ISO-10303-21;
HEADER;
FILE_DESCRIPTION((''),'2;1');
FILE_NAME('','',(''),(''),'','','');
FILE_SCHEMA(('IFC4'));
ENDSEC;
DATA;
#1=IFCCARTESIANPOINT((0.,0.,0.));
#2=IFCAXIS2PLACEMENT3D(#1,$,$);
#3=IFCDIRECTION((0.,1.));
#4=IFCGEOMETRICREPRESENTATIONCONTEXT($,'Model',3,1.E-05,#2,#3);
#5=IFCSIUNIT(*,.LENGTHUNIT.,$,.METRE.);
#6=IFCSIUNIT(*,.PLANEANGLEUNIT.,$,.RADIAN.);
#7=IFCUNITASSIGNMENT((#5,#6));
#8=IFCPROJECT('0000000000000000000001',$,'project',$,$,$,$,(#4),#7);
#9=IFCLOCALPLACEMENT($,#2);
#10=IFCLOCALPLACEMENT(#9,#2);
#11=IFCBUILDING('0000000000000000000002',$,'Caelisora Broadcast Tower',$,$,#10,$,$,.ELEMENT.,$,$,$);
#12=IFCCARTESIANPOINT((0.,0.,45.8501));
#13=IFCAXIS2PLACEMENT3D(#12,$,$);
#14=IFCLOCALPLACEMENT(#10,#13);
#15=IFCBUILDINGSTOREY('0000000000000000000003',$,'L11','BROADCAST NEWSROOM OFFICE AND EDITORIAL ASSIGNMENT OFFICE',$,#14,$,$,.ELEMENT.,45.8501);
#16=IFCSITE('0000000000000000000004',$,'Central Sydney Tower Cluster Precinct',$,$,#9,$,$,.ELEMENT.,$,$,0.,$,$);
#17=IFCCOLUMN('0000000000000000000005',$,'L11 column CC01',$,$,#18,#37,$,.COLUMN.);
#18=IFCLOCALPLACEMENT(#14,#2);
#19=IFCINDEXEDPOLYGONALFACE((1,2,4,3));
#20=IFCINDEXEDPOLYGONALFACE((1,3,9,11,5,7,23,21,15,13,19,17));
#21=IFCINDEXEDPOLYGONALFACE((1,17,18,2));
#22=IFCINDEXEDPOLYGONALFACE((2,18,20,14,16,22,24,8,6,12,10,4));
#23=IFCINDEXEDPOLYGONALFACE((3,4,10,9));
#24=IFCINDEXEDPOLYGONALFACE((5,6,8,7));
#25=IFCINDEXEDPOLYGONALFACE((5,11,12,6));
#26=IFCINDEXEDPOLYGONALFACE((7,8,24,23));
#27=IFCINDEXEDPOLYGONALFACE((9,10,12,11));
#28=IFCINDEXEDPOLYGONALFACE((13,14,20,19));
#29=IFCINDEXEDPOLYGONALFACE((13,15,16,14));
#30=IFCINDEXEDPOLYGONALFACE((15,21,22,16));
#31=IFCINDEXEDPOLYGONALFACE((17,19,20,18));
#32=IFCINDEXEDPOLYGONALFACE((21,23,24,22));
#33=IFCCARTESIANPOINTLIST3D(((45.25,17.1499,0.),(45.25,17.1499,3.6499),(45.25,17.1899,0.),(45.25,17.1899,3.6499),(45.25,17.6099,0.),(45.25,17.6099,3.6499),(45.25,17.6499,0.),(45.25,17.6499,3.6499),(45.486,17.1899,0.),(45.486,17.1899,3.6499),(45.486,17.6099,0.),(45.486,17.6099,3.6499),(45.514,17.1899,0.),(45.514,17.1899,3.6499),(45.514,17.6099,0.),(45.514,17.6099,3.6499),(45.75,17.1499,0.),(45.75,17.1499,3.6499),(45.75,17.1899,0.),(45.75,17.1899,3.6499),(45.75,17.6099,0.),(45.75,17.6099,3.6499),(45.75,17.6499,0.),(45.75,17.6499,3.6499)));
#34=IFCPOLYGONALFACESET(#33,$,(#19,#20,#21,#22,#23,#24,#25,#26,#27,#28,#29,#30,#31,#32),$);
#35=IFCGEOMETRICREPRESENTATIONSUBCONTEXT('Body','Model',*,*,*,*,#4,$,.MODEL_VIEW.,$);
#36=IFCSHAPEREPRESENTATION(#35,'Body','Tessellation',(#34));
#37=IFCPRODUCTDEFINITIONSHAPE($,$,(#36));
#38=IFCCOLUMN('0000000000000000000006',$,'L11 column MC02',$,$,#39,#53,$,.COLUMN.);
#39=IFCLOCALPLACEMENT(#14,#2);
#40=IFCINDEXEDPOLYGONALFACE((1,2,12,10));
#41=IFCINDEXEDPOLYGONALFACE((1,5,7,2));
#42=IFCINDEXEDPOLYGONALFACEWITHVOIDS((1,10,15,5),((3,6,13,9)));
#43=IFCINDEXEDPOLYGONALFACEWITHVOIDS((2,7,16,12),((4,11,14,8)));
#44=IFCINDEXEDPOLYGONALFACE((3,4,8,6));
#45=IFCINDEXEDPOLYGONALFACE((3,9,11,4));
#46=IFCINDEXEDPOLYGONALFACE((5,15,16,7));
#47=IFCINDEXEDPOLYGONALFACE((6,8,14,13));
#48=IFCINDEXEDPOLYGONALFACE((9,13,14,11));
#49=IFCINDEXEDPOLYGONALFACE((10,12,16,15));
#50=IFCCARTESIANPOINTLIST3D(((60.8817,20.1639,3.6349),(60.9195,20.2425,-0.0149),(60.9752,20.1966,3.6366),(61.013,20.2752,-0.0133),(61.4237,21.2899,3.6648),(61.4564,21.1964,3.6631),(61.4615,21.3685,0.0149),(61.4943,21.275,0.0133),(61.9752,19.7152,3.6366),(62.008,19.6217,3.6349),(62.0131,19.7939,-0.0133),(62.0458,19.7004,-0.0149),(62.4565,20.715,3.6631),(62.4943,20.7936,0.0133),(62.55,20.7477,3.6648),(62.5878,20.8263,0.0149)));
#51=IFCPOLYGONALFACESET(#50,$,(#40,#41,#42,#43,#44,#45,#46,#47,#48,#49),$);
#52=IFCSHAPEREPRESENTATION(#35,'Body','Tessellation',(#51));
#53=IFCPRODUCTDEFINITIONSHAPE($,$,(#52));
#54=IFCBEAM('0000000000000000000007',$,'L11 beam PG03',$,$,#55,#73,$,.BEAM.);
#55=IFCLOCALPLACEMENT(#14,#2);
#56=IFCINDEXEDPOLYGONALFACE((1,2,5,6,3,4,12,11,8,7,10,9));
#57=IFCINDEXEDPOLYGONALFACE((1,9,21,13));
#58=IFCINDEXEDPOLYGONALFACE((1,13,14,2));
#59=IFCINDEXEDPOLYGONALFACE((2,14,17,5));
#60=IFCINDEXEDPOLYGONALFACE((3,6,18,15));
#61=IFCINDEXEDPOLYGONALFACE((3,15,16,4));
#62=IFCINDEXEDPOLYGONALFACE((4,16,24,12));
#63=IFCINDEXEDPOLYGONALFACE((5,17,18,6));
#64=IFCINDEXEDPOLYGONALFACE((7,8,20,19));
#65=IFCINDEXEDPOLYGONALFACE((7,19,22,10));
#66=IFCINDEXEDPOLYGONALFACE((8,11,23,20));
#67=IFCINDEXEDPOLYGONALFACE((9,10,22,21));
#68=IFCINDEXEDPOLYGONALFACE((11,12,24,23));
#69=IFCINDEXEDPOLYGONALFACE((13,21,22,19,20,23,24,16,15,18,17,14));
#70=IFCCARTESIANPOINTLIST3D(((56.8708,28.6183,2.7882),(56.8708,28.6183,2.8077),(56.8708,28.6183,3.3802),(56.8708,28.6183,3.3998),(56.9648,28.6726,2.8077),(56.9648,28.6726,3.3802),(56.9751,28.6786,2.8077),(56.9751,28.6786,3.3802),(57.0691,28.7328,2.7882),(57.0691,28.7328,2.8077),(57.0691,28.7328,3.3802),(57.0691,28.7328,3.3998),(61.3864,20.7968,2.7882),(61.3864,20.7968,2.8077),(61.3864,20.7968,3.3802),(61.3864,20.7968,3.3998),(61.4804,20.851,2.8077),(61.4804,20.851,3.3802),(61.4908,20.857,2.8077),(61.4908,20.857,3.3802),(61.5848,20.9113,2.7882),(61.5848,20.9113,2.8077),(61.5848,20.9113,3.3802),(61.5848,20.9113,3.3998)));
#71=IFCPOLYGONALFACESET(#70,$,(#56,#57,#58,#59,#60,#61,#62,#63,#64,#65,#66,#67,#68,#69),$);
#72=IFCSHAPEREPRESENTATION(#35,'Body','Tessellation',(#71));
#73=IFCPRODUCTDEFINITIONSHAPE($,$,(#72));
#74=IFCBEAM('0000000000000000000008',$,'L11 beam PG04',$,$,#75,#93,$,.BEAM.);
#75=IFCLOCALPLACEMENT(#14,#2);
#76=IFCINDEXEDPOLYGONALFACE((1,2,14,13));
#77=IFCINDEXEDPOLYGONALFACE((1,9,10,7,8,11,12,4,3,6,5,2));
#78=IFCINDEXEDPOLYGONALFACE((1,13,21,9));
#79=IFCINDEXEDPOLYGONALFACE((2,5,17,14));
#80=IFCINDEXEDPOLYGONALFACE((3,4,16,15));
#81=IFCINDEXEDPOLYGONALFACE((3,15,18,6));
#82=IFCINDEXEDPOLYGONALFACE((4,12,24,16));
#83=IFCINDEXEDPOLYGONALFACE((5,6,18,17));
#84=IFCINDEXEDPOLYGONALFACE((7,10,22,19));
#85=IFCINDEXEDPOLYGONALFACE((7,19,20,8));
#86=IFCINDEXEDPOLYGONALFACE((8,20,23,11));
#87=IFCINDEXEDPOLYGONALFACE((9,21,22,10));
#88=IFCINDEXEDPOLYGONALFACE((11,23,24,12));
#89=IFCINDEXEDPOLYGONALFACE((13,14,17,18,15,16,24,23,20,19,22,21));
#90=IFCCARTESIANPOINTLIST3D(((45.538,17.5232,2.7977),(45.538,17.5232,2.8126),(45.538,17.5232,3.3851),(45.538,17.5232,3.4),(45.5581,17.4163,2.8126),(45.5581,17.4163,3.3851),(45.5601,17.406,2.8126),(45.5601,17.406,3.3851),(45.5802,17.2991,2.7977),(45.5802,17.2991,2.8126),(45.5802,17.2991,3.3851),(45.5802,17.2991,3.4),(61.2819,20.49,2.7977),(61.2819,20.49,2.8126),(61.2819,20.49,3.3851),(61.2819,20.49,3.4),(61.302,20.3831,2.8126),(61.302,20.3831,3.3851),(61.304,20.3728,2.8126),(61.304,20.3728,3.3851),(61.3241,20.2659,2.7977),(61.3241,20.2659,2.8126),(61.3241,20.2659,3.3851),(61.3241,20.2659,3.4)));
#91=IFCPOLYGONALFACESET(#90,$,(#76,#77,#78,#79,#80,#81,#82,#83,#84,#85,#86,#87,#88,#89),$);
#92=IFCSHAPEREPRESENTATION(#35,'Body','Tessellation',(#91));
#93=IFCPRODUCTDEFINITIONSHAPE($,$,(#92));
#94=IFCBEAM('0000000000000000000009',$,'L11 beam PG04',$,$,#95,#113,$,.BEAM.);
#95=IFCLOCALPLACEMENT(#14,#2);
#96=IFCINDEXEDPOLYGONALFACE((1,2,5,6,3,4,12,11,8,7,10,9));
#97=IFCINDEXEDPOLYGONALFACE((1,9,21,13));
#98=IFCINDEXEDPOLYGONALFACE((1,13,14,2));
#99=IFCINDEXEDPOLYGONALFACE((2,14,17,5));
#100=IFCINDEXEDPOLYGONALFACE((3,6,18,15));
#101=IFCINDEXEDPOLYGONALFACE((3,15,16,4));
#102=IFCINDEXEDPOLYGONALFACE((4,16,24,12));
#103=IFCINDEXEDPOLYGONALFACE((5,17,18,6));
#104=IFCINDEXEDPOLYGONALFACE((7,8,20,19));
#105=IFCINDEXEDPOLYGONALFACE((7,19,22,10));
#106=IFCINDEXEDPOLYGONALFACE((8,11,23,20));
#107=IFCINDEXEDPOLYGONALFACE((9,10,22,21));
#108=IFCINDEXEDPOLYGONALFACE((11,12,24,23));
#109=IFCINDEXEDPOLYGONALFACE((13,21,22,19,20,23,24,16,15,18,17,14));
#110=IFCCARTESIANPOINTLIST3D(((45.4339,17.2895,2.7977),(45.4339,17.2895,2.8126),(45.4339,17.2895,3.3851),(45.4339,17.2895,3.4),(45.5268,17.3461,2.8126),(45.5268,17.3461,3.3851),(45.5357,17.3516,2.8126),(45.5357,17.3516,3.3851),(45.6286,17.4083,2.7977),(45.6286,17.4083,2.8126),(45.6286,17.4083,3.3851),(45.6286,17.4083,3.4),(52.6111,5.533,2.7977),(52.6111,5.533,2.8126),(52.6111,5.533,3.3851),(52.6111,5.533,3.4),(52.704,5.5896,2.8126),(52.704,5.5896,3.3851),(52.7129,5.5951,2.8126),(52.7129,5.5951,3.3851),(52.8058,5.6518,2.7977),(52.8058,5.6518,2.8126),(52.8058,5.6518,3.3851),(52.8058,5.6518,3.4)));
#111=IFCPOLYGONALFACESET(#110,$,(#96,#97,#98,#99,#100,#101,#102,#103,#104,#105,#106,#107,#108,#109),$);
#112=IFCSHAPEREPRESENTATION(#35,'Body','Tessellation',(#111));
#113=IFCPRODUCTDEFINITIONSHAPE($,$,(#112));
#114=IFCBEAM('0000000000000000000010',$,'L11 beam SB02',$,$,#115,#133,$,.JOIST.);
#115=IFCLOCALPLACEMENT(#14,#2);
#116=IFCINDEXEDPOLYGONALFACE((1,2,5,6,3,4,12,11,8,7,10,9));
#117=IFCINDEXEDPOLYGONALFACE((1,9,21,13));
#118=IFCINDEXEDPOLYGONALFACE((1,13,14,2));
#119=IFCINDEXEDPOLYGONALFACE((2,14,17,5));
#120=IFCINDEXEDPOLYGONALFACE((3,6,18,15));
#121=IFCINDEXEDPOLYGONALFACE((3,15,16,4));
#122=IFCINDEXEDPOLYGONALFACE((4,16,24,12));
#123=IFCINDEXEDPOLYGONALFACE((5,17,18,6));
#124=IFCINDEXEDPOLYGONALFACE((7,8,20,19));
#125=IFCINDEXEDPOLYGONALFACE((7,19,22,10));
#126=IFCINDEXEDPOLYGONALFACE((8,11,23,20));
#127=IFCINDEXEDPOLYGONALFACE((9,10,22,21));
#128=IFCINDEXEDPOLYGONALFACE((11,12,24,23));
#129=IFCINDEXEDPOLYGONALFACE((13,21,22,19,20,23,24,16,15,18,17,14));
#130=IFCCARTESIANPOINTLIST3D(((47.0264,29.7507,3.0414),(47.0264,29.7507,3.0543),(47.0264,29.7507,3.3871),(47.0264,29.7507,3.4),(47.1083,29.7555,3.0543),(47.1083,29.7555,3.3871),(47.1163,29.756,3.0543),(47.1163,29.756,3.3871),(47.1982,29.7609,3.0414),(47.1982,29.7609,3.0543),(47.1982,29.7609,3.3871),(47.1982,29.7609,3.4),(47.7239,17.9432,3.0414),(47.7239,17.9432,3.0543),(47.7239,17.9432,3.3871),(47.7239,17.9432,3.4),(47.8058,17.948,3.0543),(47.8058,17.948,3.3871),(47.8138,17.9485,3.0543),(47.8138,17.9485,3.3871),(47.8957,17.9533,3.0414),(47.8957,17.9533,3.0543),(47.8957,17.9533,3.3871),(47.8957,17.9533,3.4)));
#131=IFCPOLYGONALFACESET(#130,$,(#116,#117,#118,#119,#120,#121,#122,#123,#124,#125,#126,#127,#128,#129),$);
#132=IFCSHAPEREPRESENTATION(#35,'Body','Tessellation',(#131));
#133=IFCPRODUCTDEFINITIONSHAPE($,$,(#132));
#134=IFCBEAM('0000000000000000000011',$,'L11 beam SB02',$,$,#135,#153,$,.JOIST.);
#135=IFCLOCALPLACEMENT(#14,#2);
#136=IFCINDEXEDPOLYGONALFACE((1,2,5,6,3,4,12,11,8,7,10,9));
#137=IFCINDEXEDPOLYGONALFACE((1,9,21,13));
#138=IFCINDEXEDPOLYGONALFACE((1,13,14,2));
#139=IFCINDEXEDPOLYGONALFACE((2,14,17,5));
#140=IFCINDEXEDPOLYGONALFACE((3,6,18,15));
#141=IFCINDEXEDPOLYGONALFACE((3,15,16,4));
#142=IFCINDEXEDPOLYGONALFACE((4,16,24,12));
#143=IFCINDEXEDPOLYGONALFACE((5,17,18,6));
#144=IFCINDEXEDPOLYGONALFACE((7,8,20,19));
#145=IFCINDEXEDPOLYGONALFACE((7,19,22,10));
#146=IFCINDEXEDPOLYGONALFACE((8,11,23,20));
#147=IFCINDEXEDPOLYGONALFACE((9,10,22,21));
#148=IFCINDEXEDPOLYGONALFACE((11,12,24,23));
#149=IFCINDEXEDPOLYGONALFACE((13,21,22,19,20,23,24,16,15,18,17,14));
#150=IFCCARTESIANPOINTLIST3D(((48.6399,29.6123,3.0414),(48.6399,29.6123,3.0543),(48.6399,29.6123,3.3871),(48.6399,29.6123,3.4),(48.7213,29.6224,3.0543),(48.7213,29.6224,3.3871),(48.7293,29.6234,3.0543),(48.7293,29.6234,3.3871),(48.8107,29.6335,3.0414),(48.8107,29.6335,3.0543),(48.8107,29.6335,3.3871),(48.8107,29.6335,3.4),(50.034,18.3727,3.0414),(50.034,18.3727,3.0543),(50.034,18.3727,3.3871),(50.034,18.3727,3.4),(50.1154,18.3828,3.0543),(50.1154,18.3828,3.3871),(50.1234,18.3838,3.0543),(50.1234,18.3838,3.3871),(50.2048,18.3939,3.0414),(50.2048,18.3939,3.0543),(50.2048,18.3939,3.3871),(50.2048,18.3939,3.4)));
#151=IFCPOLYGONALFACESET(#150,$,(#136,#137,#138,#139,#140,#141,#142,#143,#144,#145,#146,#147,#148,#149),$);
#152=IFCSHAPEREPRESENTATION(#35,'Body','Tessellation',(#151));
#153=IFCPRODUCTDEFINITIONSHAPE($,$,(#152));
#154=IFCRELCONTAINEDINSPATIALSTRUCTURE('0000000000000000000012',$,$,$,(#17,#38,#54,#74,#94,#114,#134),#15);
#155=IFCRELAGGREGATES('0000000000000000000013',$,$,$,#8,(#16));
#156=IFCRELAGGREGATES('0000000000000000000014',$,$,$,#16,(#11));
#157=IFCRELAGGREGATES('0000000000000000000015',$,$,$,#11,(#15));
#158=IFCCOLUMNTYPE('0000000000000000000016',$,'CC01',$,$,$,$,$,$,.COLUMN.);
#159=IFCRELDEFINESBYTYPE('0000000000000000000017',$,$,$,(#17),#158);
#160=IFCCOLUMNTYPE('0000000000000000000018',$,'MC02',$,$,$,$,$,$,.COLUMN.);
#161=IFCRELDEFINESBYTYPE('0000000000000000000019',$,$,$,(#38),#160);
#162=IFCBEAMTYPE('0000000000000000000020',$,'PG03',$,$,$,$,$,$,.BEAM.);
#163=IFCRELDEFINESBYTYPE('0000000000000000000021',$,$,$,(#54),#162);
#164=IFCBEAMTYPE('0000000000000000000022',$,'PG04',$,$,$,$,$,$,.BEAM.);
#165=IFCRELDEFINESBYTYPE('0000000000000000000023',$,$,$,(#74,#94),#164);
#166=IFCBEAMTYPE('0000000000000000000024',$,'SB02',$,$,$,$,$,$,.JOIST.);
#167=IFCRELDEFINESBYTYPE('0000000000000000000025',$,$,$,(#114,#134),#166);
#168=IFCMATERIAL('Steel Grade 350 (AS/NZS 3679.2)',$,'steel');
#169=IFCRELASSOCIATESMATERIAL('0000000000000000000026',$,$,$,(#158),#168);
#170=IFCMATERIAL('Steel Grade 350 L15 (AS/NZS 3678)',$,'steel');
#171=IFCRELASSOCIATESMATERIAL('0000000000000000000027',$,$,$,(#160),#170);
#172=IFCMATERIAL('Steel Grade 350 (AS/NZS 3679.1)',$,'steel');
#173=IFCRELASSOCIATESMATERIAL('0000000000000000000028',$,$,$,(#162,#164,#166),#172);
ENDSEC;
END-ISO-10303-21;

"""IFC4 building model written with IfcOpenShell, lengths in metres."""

from ifc_helpers import new_model, si_unit, direction, frame, origin, origin_2d, place, context, subcontext, project, spatial, hollow_rectangle, i_section, extrude, source, transform, mapped, material, material_profile, profile_set, type_object, type_shapes, element, save


model = new_model("IFC4")

# Units and contexts
model_context = context("Model", 3, precision=1e-05, world=origin(), true_north=direction((0.0, 1.0)))
body_context = subcontext(model_context, "Body", "Model", "MODEL_VIEW")
ifc_project = project(units=[si_unit("LENGTHUNIT", "METRE"), si_unit("PLANEANGLEUNIT", "RADIAN")], contexts=[model_context])

# Site, building, storey
site_placement = place(None, origin())
site = spatial("IfcSite", under=ifc_project, at=site_placement, Name="Central Sydney Tower Cluster Precinct", CompositionType="ELEMENT", RefElevation=0.0)
building_placement = place(site_placement, origin())
building = spatial("IfcBuilding", under=site, at=building_placement, Name="Caelisora Broadcast Tower", CompositionType="ELEMENT")
storey_placement = place(building_placement, frame((0.0, 0.0, 45.8501)))
storey = spatial("IfcBuildingStorey", under=building, at=storey_placement, Name="L11", Description="BROADCAST NEWSROOM OFFICE AND EDITORIAL ASSIGNMENT OFFICE", CompositionType="ELEMENT", Elevation=45.8501)

# Columns
ifc_material_1 = material(Name="Steel Grade 350 (AS/NZS 3679.2)", Category="steel")
ifc_material_profile_1 = material_profile(ifc_material_1, i_section(OverallWidth=0.5, OverallDepth=0.5, WebThickness=0.0281, FlangeThickness=0.04, at=origin_2d()), Name="Steel Grade 350 (AS/NZS 3679.2)")
ifc_profile_set_1 = profile_set([ifc_material_profile_1], Name="Steel Grade 350 (AS/NZS 3679.2)")
column_type_1 = type_object("IfcColumnType", Name="CC01", PredefinedType="COLUMN", material=ifc_profile_set_1)
shared_shape_1 = source(origin(), body_context, "Body", "SweptSolid", [
    extrude(i_section(OverallWidth=0.5, OverallDepth=0.5, WebThickness=0.0281, FlangeThickness=0.04, at=origin_2d()), origin(), (0.0, 0.0, 1.0), 3.6499),
])
type_shapes(column_type_1, [shared_shape_1])
column_1_placement = place(storey_placement, frame((45.5, 17.3999, 0.0), z_axis=(0.0, 0.0, 1.0), x_axis=(1.0, 0.0, 0.0)))
element("IfcColumn", 1, at=column_1_placement, inside=storey, type_object=column_type_1, Name="L11 column CC01", PredefinedType="COLUMN", context=body_context, shape_type="MappedRepresentation", body=[
    mapped(shared_shape_1, transform((0.0, 0.0, 0.0), scale=1.0)),
])
ifc_material_2 = material(Name="Steel Grade 350 L15 (AS/NZS 3678)", Category="steel")
ifc_material_profile_2 = material_profile(ifc_material_2, hollow_rectangle(XDim=1.25, YDim=1.25, WallThickness=0.0701, at=origin_2d()), Name="Steel Grade 350 L15 (AS/NZS 3678)")
ifc_profile_set_2 = profile_set([ifc_material_profile_2], Name="Steel Grade 350 L15 (AS/NZS 3678)")
column_type_2 = type_object("IfcColumnType", Name="MC02", PredefinedType="COLUMN", material=ifc_profile_set_2)
shared_shape_2 = source(origin(), body_context, "Body", "SweptSolid", [
    extrude(hollow_rectangle(XDim=1.25, YDim=1.25, WallThickness=0.0701, at=origin_2d()), origin(), (0.0, 0.0, 1.0), 3.6509),
])
type_shapes(column_type_2, [shared_shape_2])
column_2_placement = place(storey_placement, frame((61.7537, 20.5344, 0.0), z_axis=(-0.010365, -0.021532, 0.999714), x_axis=(0.901042, -0.433731, 0.0)))
element("IfcColumn", 2, at=column_2_placement, inside=storey, type_object=column_type_2, Name="L11 column MC02", PredefinedType="COLUMN", context=body_context, shape_type="MappedRepresentation", body=[
    mapped(shared_shape_2, transform((0.0, 0.0, 0.0), scale=1.0)),
])

# Beams
ifc_material_3 = material(Name="Steel Grade 350 (AS/NZS 3679.1)", Category="steel")
ifc_material_profile_3 = material_profile(ifc_material_3, i_section(OverallWidth=0.229, OverallDepth=0.6116, WebThickness=0.012, FlangeThickness=0.0195, at=origin_2d()), Name="Steel Grade 350 (AS/NZS 3679.1)")
ifc_profile_set_3 = profile_set([ifc_material_profile_3], Name="Steel Grade 350 (AS/NZS 3679.1)")
beam_type_1 = type_object("IfcBeamType", Name="PG03", PredefinedType="BEAM", material=ifc_profile_set_3)
shared_shape_3 = source(origin(), body_context, "Body", "SweptSolid", [
    extrude(i_section(OverallWidth=0.229, OverallDepth=0.6116, WebThickness=0.012, FlangeThickness=0.0195, at=origin_2d()), origin(), (0.0, 0.0, 1.0), 9.0315),
])
type_shapes(beam_type_1, [shared_shape_3])
beam_1_placement = place(storey_placement, frame((61.4856, 20.854, 3.094), z_axis=(-0.499988, 0.866032, 0.0), x_axis=(-0.866032, -0.499988, 0.0)))
element("IfcBeam", 3, at=beam_1_placement, inside=storey, type_object=beam_type_1, Name="L11 beam PG03", PredefinedType="BEAM", context=body_context, shape_type="MappedRepresentation", body=[
    mapped(shared_shape_3, transform((0.0, 0.0, 0.0), scale=1.0)),
])
ifc_material_profile_4 = material_profile(ifc_material_3, i_section(OverallWidth=0.228, OverallDepth=0.6023, WebThickness=0.0105, FlangeThickness=0.0149, at=origin_2d()), Name="Steel Grade 350 (AS/NZS 3679.1)")
ifc_profile_set_4 = profile_set([ifc_material_profile_4], Name="Steel Grade 350 (AS/NZS 3679.1)")
beam_type_2 = type_object("IfcBeamType", Name="PG04", PredefinedType="BEAM", material=ifc_profile_set_4)
shared_shape_4 = source(origin(), body_context, "Body", "SweptSolid", [
    extrude(i_section(OverallWidth=0.228, OverallDepth=0.6023, WebThickness=0.0105, FlangeThickness=0.0149, at=origin_2d()), origin(), (0.0, 0.0, 1.0), 16.021),
])
beam_2_placement = place(storey_placement, frame((45.5591, 17.4111, 3.0989), z_axis=(0.982704, 0.185182, 0.0), x_axis=(-0.185182, 0.982704, 0.0)))
element("IfcBeam", 4, at=beam_2_placement, inside=storey, type_object=beam_type_2, Name="L11 beam PG04", PredefinedType="BEAM", context=body_context, shape_type="MappedRepresentation", body=[
    mapped(shared_shape_4, transform((0.0, 0.0, 0.0), scale=1.0)),
])
shared_shape_5 = source(origin(), body_context, "Body", "SweptSolid", [
    extrude(i_section(OverallWidth=0.228, OverallDepth=0.6023, WebThickness=0.0105, FlangeThickness=0.0149, at=origin_2d()), origin(), (0.0, 0.0, 1.0), 13.7742),
])
type_shapes(beam_type_2, [shared_shape_4, shared_shape_5])
beam_3_placement = place(storey_placement, frame((45.5312, 17.3489, 3.0989), z_axis=(0.521062, -0.853519, 0.0), x_axis=(0.853519, 0.521062, 0.0)))
element("IfcBeam", 5, at=beam_3_placement, inside=storey, type_object=beam_type_2, Name="L11 beam PG04", PredefinedType="BEAM", context=body_context, shape_type="MappedRepresentation", body=[
    mapped(shared_shape_5, transform((0.0, 0.0, 0.0), scale=1.0)),
])
ifc_material_profile_5 = material_profile(ifc_material_3, i_section(OverallWidth=0.1721, OverallDepth=0.3586, WebThickness=0.0081, FlangeThickness=0.0129, at=origin_2d()), Name="Steel Grade 350 (AS/NZS 3679.1)")
ifc_profile_set_5 = profile_set([ifc_material_profile_5], Name="Steel Grade 350 (AS/NZS 3679.1)")
beam_type_3 = type_object("IfcBeamType", Name="SB02", PredefinedType="JOIST", material=ifc_profile_set_5)
shared_shape_6 = source(origin(), body_context, "Body", "SweptSolid", [
    extrude(i_section(OverallWidth=0.1721, OverallDepth=0.3586, WebThickness=0.0081, FlangeThickness=0.0129, at=origin_2d()), origin(), (0.0, 0.0, 1.0), 11.8281),
])
beam_4_placement = place(storey_placement, frame((47.8098, 17.9482, 3.2207), z_axis=(-0.05897, 0.99826, 0.0), x_axis=(-0.99826, -0.05897, 0.0)))
element("IfcBeam", 6, at=beam_4_placement, inside=storey, type_object=beam_type_3, Name="L11 beam SB02", PredefinedType="JOIST", context=body_context, shape_type="MappedRepresentation", body=[
    mapped(shared_shape_6, transform((0.0, 0.0, 0.0), scale=1.0)),
])
shared_shape_7 = source(origin(), body_context, "Body", "SweptSolid", [
    extrude(i_section(OverallWidth=0.1721, OverallDepth=0.3586, WebThickness=0.0081, FlangeThickness=0.0129, at=origin_2d()), origin(), (0.0, 0.0, 1.0), 11.3257),
])
beam_5_placement = place(storey_placement, frame((50.1194, 18.3833, 3.2207), z_axis=(-0.123088, 0.992396, 0.0), x_axis=(-0.992396, -0.123088, 0.0)))
element("IfcBeam", 7, at=beam_5_placement, inside=storey, type_object=beam_type_3, Name="L11 beam SB02", PredefinedType="JOIST", context=body_context, shape_type="MappedRepresentation", body=[
    mapped(shared_shape_7, transform((0.0, 0.0, 0.0), scale=1.0)),
])

save(model, "model.ifc")
